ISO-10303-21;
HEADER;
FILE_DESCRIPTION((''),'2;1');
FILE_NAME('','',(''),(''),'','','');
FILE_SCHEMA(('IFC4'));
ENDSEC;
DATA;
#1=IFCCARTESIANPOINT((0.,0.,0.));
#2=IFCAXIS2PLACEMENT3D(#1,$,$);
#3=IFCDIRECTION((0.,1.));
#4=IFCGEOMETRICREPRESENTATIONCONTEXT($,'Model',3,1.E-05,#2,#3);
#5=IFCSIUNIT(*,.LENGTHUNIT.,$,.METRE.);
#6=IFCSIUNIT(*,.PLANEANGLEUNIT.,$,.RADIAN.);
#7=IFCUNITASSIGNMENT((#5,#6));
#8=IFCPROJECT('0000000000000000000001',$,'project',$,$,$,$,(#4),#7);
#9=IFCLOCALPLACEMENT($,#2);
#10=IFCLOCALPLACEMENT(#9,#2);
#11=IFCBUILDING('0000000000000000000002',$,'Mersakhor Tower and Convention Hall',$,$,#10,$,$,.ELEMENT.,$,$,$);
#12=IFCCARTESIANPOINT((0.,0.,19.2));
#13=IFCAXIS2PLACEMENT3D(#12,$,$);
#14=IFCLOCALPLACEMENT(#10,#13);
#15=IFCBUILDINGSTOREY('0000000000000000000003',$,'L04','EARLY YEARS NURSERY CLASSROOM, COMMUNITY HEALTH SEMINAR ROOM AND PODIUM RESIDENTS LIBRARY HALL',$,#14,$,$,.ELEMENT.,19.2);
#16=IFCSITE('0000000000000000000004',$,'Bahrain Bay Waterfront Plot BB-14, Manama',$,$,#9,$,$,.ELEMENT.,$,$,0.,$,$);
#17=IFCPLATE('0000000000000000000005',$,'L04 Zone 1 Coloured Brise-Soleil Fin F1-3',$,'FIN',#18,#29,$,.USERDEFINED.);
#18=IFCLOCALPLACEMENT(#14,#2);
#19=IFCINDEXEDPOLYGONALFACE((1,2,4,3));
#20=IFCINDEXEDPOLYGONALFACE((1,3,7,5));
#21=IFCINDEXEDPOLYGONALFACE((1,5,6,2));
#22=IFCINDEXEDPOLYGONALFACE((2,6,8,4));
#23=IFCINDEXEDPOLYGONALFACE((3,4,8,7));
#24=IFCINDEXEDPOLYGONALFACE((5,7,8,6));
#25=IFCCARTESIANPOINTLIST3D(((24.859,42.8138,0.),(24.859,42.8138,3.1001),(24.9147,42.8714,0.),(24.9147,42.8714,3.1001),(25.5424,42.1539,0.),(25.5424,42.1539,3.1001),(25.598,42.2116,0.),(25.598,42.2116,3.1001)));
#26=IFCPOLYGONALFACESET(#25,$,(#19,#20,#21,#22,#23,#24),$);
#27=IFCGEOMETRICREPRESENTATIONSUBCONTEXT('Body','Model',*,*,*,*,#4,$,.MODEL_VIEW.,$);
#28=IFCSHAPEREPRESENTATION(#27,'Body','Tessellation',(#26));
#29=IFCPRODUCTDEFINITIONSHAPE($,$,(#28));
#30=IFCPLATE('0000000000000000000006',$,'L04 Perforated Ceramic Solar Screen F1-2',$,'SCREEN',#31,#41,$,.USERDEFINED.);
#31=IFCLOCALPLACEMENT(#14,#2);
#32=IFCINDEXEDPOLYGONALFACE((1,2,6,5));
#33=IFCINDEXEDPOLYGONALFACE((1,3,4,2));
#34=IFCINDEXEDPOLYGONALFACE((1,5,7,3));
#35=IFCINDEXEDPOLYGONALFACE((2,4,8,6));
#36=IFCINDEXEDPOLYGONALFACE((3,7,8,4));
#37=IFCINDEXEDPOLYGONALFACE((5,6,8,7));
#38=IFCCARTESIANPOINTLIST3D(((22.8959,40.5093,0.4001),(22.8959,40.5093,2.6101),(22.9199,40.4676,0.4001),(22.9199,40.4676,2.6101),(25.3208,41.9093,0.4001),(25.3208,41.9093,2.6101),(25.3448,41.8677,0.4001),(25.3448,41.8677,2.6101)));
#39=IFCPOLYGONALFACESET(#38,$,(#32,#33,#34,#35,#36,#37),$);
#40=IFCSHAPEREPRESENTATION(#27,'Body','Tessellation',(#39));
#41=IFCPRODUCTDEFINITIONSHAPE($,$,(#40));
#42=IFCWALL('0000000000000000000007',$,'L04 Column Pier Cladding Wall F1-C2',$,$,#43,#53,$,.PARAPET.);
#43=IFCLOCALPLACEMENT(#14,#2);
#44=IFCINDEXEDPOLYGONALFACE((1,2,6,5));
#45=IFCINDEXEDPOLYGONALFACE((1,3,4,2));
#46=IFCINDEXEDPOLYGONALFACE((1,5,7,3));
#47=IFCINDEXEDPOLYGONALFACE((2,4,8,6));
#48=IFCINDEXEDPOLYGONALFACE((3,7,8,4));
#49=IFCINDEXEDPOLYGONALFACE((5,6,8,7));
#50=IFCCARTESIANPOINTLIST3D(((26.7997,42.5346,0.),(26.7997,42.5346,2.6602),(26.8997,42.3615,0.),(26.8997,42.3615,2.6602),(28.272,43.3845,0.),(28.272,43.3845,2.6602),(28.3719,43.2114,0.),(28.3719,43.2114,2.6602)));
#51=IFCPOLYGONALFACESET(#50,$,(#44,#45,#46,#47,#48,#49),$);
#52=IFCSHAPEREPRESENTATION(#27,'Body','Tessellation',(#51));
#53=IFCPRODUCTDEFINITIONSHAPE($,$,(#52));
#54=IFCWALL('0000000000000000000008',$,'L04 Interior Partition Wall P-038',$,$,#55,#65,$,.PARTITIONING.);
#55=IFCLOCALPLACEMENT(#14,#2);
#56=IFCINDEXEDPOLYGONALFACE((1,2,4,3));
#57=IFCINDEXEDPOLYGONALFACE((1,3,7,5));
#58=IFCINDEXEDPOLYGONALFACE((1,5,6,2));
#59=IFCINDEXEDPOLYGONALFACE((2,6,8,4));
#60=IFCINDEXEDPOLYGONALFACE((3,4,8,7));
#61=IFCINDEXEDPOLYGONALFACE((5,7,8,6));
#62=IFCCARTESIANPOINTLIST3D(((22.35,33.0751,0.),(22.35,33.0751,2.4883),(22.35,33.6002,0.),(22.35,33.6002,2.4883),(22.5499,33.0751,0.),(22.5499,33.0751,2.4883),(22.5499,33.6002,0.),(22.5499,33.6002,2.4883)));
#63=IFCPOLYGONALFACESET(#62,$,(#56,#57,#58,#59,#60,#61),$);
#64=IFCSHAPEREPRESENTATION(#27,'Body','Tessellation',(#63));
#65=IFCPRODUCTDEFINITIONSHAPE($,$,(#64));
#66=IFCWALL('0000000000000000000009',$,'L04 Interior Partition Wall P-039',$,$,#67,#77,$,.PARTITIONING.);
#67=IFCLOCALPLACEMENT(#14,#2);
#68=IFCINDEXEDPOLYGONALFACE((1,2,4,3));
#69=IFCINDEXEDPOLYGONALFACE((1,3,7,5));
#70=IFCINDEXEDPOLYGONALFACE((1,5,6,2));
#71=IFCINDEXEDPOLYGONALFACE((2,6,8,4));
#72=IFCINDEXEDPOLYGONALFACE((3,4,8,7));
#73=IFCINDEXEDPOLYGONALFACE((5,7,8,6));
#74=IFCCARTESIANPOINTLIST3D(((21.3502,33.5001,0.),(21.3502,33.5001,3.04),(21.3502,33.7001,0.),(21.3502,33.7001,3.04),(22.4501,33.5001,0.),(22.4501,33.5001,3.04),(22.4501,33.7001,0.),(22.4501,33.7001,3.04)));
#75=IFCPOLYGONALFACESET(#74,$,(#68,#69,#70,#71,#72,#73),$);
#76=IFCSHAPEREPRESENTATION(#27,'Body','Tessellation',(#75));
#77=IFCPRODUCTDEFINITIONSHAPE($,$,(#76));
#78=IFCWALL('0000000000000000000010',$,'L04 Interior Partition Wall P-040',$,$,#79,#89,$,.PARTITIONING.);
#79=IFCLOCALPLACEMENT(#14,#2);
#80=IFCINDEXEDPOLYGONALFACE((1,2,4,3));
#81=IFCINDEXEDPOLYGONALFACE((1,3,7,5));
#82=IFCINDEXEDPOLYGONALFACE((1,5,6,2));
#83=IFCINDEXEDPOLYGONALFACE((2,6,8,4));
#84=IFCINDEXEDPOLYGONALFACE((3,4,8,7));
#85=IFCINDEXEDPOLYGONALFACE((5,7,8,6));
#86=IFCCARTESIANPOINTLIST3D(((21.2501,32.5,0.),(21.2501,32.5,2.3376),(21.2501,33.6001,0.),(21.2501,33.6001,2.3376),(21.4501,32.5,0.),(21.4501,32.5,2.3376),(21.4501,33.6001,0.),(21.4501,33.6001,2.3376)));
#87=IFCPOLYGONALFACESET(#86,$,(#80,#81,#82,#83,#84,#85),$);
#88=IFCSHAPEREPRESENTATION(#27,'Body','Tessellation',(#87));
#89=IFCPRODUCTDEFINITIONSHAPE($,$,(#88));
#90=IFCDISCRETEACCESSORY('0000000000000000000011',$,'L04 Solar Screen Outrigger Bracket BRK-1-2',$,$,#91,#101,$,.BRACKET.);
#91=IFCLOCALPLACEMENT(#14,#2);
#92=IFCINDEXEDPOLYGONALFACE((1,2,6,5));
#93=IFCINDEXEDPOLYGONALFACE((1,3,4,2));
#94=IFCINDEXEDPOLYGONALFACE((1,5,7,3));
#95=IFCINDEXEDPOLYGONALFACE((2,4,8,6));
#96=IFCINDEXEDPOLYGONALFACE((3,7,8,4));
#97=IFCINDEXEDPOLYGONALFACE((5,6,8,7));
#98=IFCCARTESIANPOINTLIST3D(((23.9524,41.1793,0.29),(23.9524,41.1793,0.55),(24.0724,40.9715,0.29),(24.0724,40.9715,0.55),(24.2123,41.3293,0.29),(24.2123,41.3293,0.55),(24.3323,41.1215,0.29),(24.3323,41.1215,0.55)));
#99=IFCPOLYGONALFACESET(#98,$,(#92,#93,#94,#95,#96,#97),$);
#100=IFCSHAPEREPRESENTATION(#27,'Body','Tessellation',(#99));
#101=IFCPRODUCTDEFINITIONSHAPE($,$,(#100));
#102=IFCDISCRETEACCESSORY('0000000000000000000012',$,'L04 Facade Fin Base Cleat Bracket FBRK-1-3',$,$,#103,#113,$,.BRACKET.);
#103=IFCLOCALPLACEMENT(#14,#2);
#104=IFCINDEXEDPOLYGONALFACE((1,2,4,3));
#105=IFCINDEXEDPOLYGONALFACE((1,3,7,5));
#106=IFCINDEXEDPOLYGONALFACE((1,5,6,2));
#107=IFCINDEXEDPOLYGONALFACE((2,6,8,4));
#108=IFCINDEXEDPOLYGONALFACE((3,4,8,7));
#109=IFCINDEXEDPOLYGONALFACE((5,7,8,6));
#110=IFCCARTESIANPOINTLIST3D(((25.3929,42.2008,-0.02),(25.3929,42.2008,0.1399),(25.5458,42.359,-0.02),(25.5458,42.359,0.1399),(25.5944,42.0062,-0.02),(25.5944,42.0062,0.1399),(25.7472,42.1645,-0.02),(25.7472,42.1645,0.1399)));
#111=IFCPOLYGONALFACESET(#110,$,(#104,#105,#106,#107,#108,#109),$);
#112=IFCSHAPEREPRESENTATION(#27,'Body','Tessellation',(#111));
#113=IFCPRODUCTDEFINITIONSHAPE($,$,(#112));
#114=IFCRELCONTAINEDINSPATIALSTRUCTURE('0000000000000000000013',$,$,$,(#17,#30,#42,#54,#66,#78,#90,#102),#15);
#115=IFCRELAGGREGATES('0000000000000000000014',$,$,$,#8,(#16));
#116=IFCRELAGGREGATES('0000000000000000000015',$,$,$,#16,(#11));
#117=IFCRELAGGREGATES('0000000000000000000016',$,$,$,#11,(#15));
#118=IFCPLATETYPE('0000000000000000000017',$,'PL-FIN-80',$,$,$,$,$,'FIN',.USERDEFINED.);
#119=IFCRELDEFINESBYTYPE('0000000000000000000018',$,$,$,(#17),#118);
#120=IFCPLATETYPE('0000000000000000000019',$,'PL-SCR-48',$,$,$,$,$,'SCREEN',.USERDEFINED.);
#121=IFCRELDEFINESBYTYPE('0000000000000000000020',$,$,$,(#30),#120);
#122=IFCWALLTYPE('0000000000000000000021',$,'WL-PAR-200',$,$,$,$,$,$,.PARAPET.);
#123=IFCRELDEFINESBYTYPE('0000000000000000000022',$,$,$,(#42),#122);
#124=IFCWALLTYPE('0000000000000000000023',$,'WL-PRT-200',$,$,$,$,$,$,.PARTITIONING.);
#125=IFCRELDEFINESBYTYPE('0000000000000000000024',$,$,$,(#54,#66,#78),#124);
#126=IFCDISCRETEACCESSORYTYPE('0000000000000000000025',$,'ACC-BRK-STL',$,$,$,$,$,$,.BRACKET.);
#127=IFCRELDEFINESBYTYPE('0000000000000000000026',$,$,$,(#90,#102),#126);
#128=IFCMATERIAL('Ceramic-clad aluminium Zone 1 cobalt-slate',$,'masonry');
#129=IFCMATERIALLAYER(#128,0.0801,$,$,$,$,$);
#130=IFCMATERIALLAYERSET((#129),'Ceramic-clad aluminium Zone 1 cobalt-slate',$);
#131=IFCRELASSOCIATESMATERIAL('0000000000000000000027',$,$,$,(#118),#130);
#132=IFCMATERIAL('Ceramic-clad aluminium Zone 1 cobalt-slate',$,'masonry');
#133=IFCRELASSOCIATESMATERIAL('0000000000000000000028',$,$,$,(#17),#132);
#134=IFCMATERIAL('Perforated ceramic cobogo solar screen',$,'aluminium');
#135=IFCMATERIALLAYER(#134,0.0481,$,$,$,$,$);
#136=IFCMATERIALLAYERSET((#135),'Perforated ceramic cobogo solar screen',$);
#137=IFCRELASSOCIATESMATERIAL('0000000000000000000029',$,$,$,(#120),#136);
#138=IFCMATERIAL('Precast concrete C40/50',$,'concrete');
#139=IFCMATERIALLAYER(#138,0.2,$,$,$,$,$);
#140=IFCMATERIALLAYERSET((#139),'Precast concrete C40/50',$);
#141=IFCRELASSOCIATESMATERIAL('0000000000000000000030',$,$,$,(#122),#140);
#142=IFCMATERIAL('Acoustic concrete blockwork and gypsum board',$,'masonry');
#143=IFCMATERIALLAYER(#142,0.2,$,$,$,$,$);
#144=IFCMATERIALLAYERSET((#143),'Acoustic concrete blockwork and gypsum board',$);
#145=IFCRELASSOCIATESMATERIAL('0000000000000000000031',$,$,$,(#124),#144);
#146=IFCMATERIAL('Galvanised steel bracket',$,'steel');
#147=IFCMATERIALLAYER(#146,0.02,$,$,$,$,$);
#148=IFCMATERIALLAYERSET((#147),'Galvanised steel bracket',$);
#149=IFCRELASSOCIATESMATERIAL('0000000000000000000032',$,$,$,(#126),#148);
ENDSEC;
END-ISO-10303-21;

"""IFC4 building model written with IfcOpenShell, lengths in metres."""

from ifc_helpers import new_model, si_unit, direction, frame, frame_2d, origin, origin_2d, place, context, subcontext, project, spatial, rectangle, extrude, material, layer, layer_set, type_object, element, save


model = new_model("IFC4")

# Units and contexts
model_context = context("Model", 3, precision=1e-05, world=origin(), true_north=direction((0.0, 1.0)))
body_context = subcontext(model_context, "Body", "Model", "MODEL_VIEW")
ifc_project = project(units=[si_unit("LENGTHUNIT", "METRE"), si_unit("PLANEANGLEUNIT", "RADIAN")], contexts=[model_context])

# Site, building, storey
site_placement = place(None, origin())
site = spatial("IfcSite", under=ifc_project, at=site_placement, Name="Bahrain Bay Waterfront Plot BB-14, Manama", CompositionType="ELEMENT", RefElevation=0.0)
building_placement = place(site_placement, origin())
building = spatial("IfcBuilding", under=site, at=building_placement, Name="Mersakhor Tower and Convention Hall", CompositionType="ELEMENT")
storey_placement = place(building_placement, frame((0.0, 0.0, 19.2)))
storey = spatial("IfcBuildingStorey", under=building, at=storey_placement, Name="L04", Description="EARLY YEARS NURSERY CLASSROOM, COMMUNITY HEALTH SEMINAR ROOM AND PODIUM RESIDENTS LIBRARY HALL", CompositionType="ELEMENT", Elevation=19.2)

# Plates
ifc_material_1 = material(Name="Ceramic-clad aluminium Zone 1 cobalt-slate", Category="masonry")
ifc_material_2 = material(Name="Ceramic-clad aluminium Zone 1 cobalt-slate", Category="masonry")
ifc_layer_1 = layer(ifc_material_2, 0.0801)
ifc_layer_set_1 = layer_set([ifc_layer_1], Name="Ceramic-clad aluminium Zone 1 cobalt-slate")
plate_type_1 = type_object("IfcPlateType", Name="PL-FIN-80", ElementType="FIN", PredefinedType="USERDEFINED", material=ifc_layer_set_1)
plate_1_placement = place(storey_placement, frame((25.2285, 42.5127, 0.0), z_axis=(0.0, 0.0, 1.0), x_axis=(-0.71934, 0.694658, 0.0)))
element("IfcPlate", 1, at=plate_1_placement, inside=storey, type_object=plate_type_1, material=ifc_material_1, Name="L04 Zone 1 Coloured Brise-Soleil Fin F1-3", ObjectType="FIN", PredefinedType="USERDEFINED", context=body_context, shape_type="SweptSolid", body=[
    extrude(rectangle(XDim=0.95, YDim=0.0801, at=origin_2d()), origin(), (0.0, 0.0, 1.0), 3.1001),
])
ifc_material_3 = material(Name="Perforated ceramic cobogo solar screen", Category="aluminium")
ifc_layer_2 = layer(ifc_material_3, 0.0481)
ifc_layer_set_2 = layer_set([ifc_layer_2], Name="Perforated ceramic cobogo solar screen")
plate_type_2 = type_object("IfcPlateType", Name="PL-SCR-48", ElementType="SCREEN", PredefinedType="USERDEFINED", material=ifc_layer_set_2)
plate_2_placement = place(storey_placement, frame((24.1204, 41.1885, 0.4001), z_axis=(0.0, 0.0, 1.0), x_axis=(0.866025, 0.5, 0.0)))
element("IfcPlate", 2, at=plate_2_placement, inside=storey, type_object=plate_type_2, Name="L04 Perforated Ceramic Solar Screen F1-2", ObjectType="SCREEN", PredefinedType="USERDEFINED", context=body_context, shape_type="SweptSolid", body=[
    extrude(rectangle(XDim=2.8, YDim=0.0481, at=origin_2d()), origin(), (0.0, 0.0, 1.0), 2.21),
])

# Walls
ifc_material_4 = material(Name="Precast concrete C40/50", Category="concrete")
ifc_layer_3 = layer(ifc_material_4, 0.2)
ifc_layer_set_3 = layer_set([ifc_layer_3], Name="Precast concrete C40/50")
wall_type_1 = type_object("IfcWallType", Name="WL-PAR-200", PredefinedType="PARAPET", material=ifc_layer_set_3)
wall_1_placement = place(storey_placement, frame((26.8496, 42.448, 0.0), z_axis=(0.0, 0.0, 1.0), x_axis=(0.866052, 0.499955, 0.0)))
element("IfcWall", 3, at=wall_1_placement, inside=storey, type_object=wall_type_1, Name="L04 Column Pier Cladding Wall F1-C2", PredefinedType="PARAPET", context=body_context, shape_type="SweptSolid", body=[
    extrude(rectangle(XDim=1.7, YDim=0.2, at=frame_2d((0.8501, 0.0))), origin(), (0.0, 0.0, 1.0), 2.6602),
])
ifc_material_5 = material(Name="Acoustic concrete blockwork and gypsum board", Category="masonry")
ifc_layer_4 = layer(ifc_material_5, 0.2)
ifc_layer_set_4 = layer_set([ifc_layer_4], Name="Acoustic concrete blockwork and gypsum board")
wall_type_2 = type_object("IfcWallType", Name="WL-PRT-200", PredefinedType="PARTITIONING", material=ifc_layer_set_4)
wall_2_placement = place(storey_placement, frame((22.45, 33.075, 0.0), z_axis=(0.0, 0.0, 1.0), x_axis=(0.0, 1.0, 0.0)))
element("IfcWall", 4, at=wall_2_placement, inside=storey, type_object=wall_type_2, Name="L04 Interior Partition Wall P-038", PredefinedType="PARTITIONING", context=body_context, shape_type="SweptSolid", body=[
    extrude(rectangle(XDim=0.5251, YDim=0.2, at=frame_2d((0.2627, 0.0))), origin(), (0.0, 0.0, 1.0), 2.4883),
])
wall_3_placement = place(storey_placement, frame((22.45, 33.6001, 0.0), z_axis=(0.0, 0.0, 1.0), x_axis=(-1.0, 0.0, 0.0)))
element("IfcWall", 5, at=wall_3_placement, inside=storey, type_object=wall_type_2, Name="L04 Interior Partition Wall P-039", PredefinedType="PARTITIONING", context=body_context, shape_type="SweptSolid", body=[
    extrude(rectangle(XDim=1.0999, YDim=0.2, at=frame_2d((0.5498, 0.0))), origin(), (0.0, 0.0, 1.0), 3.04),
])
wall_4_placement = place(storey_placement, frame((21.3501, 33.6001, 0.0), z_axis=(0.0, 0.0, 1.0), x_axis=(0.0, -1.0, 0.0)))
element("IfcWall", 6, at=wall_4_placement, inside=storey, type_object=wall_type_2, Name="L04 Interior Partition Wall P-040", PredefinedType="PARTITIONING", context=body_context, shape_type="SweptSolid", body=[
    extrude(rectangle(XDim=1.1001, YDim=0.2, at=frame_2d((0.55, 0.0))), origin(), (0.0, 0.0, 1.0), 2.3376),
])

# Discrete accessories
ifc_material_6 = material(Name="Galvanised steel bracket", Category="steel")
ifc_layer_5 = layer(ifc_material_6, 0.02)
ifc_layer_set_5 = layer_set([ifc_layer_5], Name="Galvanised steel bracket")
discrete_accessory_type = type_object("IfcDiscreteAccessoryType", Name="ACC-BRK-STL", PredefinedType="BRACKET", material=ifc_layer_set_5)
discrete_accessory_1_placement = place(storey_placement, frame((24.1423, 41.1504, 0.29), z_axis=(0.0, 0.0, 1.0), x_axis=(0.866025, 0.5, 0.0)))
element("IfcDiscreteAccessory", 7, at=discrete_accessory_1_placement, inside=storey, type_object=discrete_accessory_type, Name="L04 Solar Screen Outrigger Bracket BRK-1-2", PredefinedType="BRACKET", context=body_context, shape_type="SweptSolid", body=[
    extrude(rectangle(XDim=0.3, YDim=0.24, at=origin_2d()), origin(), (0.0, 0.0, 1.0), 0.26),
])
discrete_accessory_2_placement = place(storey_placement, frame((25.5701, 42.1826, -0.02), z_axis=(0.0, 0.0, 1.0), x_axis=(-0.71934, 0.694658, 0.0)))
element("IfcDiscreteAccessory", 8, at=discrete_accessory_2_placement, inside=storey, type_object=discrete_accessory_type, Name="L04 Facade Fin Base Cleat Bracket FBRK-1-3", PredefinedType="BRACKET", context=body_context, shape_type="SweptSolid", body=[
    extrude(rectangle(XDim=0.28, YDim=0.22, at=origin_2d()), origin(), (0.0, 0.0, 1.0), 0.1599),
])

save(model, "model.ifc")
